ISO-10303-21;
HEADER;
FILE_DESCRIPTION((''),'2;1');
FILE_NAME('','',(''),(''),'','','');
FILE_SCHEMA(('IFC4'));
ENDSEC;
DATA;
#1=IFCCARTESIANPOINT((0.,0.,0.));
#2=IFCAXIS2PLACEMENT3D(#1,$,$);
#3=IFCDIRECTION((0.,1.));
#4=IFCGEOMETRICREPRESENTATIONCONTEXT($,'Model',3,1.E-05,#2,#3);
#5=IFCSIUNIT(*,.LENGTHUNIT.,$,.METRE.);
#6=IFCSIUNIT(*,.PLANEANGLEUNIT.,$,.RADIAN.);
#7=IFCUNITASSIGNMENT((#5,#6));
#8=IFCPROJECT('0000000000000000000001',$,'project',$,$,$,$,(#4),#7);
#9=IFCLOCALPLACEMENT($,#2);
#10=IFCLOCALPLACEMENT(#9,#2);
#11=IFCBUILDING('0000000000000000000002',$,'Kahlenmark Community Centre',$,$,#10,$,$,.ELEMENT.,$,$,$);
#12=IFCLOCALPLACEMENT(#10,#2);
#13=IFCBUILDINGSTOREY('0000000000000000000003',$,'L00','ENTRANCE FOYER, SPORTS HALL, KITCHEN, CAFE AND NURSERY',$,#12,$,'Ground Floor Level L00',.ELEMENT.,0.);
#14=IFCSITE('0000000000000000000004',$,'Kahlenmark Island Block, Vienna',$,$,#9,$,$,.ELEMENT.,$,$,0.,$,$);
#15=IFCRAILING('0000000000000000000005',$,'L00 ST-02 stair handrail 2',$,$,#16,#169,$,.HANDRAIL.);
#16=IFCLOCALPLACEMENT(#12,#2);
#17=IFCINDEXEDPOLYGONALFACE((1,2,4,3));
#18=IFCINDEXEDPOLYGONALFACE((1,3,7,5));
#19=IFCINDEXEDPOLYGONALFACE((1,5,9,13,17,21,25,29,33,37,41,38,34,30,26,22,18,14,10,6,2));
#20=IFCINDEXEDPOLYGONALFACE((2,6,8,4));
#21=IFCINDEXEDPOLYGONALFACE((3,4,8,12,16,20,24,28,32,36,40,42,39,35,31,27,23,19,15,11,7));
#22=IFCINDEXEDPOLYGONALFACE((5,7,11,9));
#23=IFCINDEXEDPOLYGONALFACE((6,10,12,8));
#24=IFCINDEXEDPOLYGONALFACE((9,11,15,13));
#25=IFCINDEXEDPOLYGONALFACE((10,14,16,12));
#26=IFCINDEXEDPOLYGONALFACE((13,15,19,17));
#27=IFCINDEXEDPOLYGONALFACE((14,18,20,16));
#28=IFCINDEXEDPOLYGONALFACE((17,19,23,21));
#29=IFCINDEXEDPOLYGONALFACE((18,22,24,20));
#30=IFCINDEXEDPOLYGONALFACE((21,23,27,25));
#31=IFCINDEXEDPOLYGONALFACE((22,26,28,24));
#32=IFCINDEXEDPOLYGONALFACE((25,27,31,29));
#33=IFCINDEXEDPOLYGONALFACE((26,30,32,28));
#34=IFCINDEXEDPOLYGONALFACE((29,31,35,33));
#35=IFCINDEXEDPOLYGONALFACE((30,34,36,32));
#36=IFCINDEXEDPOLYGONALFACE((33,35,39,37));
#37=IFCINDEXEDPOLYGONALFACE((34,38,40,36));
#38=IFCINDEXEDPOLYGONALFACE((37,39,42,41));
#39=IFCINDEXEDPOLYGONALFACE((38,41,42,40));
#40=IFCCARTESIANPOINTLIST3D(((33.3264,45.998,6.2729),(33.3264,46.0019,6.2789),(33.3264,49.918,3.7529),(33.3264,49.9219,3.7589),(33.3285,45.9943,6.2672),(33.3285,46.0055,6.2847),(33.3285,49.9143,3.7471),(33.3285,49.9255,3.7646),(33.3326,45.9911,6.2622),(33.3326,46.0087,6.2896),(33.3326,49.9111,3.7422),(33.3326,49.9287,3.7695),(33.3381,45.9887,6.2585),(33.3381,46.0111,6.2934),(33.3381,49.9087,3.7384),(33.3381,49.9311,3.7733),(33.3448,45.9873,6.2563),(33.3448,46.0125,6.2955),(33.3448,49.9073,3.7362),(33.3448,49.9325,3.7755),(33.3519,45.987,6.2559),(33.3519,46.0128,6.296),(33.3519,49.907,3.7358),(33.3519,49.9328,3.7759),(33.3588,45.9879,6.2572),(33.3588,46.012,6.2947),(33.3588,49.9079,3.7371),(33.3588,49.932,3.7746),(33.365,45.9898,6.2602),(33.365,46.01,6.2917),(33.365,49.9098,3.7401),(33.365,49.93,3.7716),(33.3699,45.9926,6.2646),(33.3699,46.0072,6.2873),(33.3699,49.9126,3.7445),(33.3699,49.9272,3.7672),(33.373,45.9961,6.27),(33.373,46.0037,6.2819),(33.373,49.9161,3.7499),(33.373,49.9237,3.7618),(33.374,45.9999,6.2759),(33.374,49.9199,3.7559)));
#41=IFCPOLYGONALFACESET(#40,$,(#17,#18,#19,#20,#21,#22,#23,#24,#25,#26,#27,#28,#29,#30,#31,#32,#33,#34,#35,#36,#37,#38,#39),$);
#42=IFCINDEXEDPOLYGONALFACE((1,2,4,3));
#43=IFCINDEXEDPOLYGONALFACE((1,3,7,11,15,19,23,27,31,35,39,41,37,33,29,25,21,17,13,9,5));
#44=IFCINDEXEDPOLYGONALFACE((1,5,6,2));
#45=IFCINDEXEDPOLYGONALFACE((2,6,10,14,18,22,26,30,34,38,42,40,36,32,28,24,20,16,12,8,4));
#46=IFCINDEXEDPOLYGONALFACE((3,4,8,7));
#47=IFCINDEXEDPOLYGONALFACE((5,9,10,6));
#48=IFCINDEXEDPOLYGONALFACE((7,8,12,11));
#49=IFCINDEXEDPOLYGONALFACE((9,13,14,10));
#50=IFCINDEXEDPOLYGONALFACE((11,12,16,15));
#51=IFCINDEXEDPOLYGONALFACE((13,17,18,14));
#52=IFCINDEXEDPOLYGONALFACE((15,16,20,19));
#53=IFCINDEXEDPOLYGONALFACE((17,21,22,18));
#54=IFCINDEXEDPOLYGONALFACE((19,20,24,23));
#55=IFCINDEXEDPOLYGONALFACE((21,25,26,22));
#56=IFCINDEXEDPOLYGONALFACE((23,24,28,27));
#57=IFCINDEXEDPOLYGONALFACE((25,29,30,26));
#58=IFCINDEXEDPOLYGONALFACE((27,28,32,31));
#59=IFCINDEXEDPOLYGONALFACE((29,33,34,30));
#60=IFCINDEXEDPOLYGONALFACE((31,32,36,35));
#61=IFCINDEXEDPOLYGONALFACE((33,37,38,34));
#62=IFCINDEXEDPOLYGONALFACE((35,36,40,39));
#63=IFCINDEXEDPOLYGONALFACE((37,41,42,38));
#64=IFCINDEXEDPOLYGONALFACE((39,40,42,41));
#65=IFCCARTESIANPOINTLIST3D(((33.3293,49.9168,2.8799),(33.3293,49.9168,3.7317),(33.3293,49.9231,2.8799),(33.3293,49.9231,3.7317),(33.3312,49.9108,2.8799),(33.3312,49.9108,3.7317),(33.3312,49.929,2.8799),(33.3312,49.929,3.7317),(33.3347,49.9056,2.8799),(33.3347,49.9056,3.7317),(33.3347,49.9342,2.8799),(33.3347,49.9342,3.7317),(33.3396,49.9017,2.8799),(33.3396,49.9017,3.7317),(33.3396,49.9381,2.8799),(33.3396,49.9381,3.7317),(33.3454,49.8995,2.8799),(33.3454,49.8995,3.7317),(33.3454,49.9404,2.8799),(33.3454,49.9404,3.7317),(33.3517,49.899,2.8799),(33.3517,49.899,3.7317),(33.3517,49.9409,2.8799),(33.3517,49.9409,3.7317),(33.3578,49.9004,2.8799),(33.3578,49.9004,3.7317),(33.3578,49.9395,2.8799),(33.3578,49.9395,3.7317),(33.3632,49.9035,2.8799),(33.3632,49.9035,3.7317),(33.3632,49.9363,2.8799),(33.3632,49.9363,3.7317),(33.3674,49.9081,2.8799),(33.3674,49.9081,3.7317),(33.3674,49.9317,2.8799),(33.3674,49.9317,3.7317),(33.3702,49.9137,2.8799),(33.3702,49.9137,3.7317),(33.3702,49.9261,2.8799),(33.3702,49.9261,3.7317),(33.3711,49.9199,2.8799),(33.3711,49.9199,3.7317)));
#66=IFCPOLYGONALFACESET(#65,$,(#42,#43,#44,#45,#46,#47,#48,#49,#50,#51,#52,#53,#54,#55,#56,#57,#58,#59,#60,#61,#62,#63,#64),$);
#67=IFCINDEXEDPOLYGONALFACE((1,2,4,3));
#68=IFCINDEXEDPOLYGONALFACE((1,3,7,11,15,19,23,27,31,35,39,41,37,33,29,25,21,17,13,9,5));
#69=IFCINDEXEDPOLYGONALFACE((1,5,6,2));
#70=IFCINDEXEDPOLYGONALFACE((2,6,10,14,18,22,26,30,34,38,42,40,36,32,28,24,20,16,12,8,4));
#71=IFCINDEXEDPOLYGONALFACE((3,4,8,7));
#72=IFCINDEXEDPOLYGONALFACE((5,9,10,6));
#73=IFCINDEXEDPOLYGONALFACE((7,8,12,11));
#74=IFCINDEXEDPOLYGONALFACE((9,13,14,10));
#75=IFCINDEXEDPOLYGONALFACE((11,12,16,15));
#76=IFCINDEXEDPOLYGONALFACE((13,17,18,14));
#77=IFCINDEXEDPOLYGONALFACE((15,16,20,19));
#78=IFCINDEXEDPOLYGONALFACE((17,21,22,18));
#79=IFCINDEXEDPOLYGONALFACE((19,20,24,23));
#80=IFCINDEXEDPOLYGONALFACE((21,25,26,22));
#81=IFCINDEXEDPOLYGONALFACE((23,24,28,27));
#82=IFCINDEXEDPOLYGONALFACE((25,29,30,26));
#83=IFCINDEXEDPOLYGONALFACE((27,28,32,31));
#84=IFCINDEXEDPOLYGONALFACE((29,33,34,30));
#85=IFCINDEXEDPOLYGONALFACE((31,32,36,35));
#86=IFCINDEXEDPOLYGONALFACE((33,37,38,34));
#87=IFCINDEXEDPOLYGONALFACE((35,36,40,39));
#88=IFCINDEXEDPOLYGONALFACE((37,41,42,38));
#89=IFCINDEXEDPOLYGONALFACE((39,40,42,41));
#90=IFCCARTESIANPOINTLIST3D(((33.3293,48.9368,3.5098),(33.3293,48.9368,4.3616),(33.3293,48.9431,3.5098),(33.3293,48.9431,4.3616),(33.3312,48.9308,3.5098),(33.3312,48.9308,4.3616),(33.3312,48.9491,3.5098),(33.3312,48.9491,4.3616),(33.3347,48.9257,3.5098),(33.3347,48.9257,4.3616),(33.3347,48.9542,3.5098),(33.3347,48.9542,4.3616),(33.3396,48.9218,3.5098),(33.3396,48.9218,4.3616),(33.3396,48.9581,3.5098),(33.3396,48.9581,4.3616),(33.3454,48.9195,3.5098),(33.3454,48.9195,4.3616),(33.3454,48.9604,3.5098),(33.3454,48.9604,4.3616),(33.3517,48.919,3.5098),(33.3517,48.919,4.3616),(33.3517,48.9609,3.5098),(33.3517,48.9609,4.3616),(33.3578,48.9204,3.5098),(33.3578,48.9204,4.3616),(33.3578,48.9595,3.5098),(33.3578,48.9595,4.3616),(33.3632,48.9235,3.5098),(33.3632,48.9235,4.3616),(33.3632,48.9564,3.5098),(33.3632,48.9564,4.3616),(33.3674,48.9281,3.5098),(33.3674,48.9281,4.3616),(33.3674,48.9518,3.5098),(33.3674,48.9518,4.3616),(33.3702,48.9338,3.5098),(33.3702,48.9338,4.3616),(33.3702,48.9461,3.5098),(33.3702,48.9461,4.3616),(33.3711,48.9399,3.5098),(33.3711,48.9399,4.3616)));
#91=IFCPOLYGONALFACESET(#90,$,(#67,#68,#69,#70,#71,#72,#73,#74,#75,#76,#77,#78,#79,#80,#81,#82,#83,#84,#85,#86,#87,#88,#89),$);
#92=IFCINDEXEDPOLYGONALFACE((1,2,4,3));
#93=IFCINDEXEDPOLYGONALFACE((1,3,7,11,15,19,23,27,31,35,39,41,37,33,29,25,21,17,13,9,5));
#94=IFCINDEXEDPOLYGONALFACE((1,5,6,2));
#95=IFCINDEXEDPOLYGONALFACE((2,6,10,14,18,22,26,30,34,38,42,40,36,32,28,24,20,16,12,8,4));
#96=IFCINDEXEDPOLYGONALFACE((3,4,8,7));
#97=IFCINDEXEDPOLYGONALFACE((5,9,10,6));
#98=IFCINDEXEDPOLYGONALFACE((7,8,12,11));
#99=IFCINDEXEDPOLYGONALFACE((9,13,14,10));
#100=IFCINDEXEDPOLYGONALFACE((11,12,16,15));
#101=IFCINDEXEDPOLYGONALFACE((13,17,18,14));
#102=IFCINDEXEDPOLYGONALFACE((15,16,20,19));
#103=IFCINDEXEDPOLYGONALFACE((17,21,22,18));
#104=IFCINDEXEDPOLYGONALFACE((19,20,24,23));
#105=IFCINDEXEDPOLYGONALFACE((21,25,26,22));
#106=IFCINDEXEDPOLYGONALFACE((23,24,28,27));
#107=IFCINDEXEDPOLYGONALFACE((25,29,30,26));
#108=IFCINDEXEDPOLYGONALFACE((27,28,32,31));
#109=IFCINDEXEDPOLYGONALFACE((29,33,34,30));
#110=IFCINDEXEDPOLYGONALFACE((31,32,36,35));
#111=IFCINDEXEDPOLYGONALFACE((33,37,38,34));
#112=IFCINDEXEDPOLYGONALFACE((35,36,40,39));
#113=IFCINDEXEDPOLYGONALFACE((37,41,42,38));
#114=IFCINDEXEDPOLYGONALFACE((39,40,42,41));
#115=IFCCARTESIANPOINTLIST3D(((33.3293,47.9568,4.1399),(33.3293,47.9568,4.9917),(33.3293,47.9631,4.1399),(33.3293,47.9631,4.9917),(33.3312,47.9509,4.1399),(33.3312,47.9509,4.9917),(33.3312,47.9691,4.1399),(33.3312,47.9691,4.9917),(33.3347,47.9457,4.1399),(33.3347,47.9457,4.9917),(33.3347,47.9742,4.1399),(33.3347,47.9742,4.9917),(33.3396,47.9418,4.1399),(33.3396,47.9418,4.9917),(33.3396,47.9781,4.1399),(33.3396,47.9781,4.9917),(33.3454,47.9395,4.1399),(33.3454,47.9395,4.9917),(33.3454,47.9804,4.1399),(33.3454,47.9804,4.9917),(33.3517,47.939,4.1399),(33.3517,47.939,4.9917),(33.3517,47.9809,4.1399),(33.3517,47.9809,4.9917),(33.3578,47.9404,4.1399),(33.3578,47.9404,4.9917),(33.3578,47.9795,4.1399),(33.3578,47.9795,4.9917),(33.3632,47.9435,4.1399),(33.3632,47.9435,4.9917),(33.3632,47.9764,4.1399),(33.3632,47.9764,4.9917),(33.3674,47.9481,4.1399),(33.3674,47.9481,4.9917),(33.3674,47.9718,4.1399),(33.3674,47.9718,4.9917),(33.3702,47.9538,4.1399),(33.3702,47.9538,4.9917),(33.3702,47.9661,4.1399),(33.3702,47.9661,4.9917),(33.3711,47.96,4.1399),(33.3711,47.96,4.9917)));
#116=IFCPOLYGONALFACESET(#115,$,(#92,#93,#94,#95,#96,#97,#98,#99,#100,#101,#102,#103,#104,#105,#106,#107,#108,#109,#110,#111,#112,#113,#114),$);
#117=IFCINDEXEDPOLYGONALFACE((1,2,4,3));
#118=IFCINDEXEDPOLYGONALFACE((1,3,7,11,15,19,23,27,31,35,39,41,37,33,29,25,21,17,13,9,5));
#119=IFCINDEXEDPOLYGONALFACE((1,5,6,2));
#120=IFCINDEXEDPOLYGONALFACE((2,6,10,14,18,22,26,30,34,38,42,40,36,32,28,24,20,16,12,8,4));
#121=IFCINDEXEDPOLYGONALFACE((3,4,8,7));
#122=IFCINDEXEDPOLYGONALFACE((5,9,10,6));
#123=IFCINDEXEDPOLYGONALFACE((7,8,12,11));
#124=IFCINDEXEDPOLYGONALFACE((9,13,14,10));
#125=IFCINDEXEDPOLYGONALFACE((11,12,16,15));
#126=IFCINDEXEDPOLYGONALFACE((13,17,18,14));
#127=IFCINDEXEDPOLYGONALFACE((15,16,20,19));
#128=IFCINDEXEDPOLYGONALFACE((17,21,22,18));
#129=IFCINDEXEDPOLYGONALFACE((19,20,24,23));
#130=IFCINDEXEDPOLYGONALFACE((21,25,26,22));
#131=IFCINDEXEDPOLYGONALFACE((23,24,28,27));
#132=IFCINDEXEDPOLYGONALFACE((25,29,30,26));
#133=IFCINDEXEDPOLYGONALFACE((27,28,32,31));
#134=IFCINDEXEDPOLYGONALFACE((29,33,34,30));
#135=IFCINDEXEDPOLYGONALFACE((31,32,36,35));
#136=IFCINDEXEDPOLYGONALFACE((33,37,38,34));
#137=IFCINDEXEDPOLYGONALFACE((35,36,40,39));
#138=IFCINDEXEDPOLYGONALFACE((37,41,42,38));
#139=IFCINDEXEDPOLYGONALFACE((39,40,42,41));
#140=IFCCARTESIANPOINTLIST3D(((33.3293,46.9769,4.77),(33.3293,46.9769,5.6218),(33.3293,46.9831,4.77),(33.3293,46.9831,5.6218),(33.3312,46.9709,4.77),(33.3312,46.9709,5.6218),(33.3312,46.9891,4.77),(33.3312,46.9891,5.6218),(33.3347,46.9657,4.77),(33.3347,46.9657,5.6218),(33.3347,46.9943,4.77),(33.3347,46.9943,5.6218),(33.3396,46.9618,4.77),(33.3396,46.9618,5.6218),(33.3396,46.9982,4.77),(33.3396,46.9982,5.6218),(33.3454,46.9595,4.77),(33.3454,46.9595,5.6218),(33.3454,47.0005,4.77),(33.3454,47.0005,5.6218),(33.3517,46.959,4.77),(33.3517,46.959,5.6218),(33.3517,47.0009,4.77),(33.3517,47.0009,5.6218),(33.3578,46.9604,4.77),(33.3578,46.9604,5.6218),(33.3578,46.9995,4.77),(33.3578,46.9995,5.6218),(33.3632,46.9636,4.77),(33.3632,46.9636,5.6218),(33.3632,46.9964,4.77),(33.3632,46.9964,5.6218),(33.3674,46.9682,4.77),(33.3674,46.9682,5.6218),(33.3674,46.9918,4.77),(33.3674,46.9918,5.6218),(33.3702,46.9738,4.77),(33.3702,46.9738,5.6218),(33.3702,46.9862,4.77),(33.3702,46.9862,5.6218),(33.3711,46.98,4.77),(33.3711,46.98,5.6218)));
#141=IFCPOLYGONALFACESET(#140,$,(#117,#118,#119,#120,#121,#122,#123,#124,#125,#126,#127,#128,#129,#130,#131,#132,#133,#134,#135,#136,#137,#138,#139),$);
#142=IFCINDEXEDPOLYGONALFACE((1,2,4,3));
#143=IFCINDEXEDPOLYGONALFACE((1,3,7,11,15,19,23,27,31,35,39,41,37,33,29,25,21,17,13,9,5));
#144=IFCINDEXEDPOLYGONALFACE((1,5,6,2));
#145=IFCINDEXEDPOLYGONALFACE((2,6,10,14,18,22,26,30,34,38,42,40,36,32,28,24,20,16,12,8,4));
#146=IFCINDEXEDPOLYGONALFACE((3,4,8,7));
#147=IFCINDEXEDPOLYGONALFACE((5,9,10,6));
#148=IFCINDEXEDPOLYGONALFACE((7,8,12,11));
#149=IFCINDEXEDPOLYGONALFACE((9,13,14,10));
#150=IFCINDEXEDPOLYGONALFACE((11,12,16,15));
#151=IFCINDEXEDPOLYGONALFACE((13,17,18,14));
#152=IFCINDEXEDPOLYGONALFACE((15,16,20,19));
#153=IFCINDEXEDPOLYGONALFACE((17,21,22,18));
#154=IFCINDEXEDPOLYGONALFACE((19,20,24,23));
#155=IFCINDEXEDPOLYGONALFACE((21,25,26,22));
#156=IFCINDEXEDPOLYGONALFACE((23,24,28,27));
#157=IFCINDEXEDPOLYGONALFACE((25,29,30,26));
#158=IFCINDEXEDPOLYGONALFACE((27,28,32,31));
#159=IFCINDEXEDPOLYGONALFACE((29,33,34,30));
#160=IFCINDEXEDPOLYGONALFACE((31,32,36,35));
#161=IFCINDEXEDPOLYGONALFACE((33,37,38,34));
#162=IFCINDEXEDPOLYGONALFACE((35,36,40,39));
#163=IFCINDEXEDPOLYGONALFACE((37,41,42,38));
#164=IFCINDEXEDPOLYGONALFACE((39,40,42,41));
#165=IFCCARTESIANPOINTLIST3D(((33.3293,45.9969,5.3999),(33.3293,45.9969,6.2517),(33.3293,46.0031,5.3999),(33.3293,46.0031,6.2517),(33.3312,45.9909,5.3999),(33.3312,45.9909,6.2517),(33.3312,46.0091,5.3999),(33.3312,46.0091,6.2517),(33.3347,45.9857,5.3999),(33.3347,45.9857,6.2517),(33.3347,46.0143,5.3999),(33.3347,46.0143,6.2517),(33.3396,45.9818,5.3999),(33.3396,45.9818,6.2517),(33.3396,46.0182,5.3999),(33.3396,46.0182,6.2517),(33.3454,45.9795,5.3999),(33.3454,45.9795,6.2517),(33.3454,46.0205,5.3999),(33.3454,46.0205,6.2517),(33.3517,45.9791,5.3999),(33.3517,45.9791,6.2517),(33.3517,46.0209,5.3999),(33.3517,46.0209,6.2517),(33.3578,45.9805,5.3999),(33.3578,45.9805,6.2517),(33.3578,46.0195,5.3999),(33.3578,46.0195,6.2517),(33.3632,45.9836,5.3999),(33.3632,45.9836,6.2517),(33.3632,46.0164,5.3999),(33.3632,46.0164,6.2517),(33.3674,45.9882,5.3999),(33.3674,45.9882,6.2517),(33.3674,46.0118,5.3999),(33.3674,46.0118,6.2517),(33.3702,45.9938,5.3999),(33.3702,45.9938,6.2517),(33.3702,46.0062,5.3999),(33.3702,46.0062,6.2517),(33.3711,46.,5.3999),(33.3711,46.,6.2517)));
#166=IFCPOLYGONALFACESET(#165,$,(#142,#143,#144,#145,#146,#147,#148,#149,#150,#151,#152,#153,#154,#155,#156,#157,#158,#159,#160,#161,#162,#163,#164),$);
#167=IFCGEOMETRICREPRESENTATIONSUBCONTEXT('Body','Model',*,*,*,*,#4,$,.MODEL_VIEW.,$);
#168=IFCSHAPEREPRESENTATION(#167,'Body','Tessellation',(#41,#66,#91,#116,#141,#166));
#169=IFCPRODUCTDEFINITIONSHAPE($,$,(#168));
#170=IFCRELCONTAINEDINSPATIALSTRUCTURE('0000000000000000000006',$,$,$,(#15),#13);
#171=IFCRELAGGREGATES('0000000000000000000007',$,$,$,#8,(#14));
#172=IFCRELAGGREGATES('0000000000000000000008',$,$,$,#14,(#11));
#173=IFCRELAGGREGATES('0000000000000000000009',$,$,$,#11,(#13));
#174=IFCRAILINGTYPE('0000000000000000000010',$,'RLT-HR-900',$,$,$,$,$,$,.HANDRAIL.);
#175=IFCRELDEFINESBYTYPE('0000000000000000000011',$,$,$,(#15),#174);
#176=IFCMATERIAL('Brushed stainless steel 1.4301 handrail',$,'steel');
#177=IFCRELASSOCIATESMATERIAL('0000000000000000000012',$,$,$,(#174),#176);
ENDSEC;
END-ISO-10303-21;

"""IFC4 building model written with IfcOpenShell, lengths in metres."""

from ifc_helpers import new_model, si_unit, direction, frame, origin, origin_2d, place, context, subcontext, project, spatial, circle, extrude, material, type_object, element, save


model = new_model("IFC4")

# Units and contexts
model_context = context("Model", 3, precision=1e-05, world=origin(), true_north=direction((0.0, 1.0)))
body_context = subcontext(model_context, "Body", "Model", "MODEL_VIEW")
ifc_project = project(units=[si_unit("LENGTHUNIT", "METRE"), si_unit("PLANEANGLEUNIT", "RADIAN")], contexts=[model_context])

# Site, building, storey
site_placement = place(None, origin())
site = spatial("IfcSite", under=ifc_project, at=site_placement, Name="Kahlenmark Island Block, Vienna", CompositionType="ELEMENT", RefElevation=0.0)
building_placement = place(site_placement, origin())
building = spatial("IfcBuilding", under=site, at=building_placement, Name="Kahlenmark Community Centre", CompositionType="ELEMENT")
storey_placement = place(building_placement, origin())
storey = spatial("IfcBuildingStorey", under=building, at=storey_placement, Name="L00", Description="ENTRANCE FOYER, SPORTS HALL, KITCHEN, CAFE AND NURSERY", LongName="Ground Floor Level L00", CompositionType="ELEMENT", Elevation=0.0)

# Railing
ifc_material_1 = material(Name="Brushed stainless steel 1.4301 handrail", Category="steel")
railing_type = type_object("IfcRailingType", Name="RLT-HR-900", PredefinedType="HANDRAIL", material=ifc_material_1)
railing_placement = place(storey_placement, frame((33.3501, 49.9199, 2.8799)))
element("IfcRailing", 1, at=railing_placement, inside=storey, type_object=railing_type, Name="L00 ST-02 stair handrail 2", PredefinedType="HANDRAIL", context=body_context, shape_type="SweptSolid", body=[
    extrude(circle(Radius=0.0239, at=origin_2d()), frame((0.0, 0.0, 0.876), z_axis=(0.0, -0.841172, 0.540768), x_axis=(1.0, 0.0, 0.0)), (0.0, 0.0, 1.0), 4.6602),
    extrude(circle(Radius=0.021, at=origin_2d()), origin(), (0.0, 0.0, 1.0), 0.8518),
    extrude(circle(Radius=0.021, at=origin_2d()), frame((0.0, -0.98, 0.6299)), (0.0, 0.0, 1.0), 0.8518),
    extrude(circle(Radius=0.021, at=origin_2d()), frame((0.0, -1.96, 1.26)), (0.0, 0.0, 1.0), 0.8518),
    extrude(circle(Radius=0.021, at=origin_2d()), frame((0.0, -2.9399, 1.8901)), (0.0, 0.0, 1.0), 0.8518),
    extrude(circle(Radius=0.021, at=origin_2d()), frame((0.0, -3.9199, 2.52)), (0.0, 0.0, 1.0), 0.8518),
])

save(model, "model.ifc")
